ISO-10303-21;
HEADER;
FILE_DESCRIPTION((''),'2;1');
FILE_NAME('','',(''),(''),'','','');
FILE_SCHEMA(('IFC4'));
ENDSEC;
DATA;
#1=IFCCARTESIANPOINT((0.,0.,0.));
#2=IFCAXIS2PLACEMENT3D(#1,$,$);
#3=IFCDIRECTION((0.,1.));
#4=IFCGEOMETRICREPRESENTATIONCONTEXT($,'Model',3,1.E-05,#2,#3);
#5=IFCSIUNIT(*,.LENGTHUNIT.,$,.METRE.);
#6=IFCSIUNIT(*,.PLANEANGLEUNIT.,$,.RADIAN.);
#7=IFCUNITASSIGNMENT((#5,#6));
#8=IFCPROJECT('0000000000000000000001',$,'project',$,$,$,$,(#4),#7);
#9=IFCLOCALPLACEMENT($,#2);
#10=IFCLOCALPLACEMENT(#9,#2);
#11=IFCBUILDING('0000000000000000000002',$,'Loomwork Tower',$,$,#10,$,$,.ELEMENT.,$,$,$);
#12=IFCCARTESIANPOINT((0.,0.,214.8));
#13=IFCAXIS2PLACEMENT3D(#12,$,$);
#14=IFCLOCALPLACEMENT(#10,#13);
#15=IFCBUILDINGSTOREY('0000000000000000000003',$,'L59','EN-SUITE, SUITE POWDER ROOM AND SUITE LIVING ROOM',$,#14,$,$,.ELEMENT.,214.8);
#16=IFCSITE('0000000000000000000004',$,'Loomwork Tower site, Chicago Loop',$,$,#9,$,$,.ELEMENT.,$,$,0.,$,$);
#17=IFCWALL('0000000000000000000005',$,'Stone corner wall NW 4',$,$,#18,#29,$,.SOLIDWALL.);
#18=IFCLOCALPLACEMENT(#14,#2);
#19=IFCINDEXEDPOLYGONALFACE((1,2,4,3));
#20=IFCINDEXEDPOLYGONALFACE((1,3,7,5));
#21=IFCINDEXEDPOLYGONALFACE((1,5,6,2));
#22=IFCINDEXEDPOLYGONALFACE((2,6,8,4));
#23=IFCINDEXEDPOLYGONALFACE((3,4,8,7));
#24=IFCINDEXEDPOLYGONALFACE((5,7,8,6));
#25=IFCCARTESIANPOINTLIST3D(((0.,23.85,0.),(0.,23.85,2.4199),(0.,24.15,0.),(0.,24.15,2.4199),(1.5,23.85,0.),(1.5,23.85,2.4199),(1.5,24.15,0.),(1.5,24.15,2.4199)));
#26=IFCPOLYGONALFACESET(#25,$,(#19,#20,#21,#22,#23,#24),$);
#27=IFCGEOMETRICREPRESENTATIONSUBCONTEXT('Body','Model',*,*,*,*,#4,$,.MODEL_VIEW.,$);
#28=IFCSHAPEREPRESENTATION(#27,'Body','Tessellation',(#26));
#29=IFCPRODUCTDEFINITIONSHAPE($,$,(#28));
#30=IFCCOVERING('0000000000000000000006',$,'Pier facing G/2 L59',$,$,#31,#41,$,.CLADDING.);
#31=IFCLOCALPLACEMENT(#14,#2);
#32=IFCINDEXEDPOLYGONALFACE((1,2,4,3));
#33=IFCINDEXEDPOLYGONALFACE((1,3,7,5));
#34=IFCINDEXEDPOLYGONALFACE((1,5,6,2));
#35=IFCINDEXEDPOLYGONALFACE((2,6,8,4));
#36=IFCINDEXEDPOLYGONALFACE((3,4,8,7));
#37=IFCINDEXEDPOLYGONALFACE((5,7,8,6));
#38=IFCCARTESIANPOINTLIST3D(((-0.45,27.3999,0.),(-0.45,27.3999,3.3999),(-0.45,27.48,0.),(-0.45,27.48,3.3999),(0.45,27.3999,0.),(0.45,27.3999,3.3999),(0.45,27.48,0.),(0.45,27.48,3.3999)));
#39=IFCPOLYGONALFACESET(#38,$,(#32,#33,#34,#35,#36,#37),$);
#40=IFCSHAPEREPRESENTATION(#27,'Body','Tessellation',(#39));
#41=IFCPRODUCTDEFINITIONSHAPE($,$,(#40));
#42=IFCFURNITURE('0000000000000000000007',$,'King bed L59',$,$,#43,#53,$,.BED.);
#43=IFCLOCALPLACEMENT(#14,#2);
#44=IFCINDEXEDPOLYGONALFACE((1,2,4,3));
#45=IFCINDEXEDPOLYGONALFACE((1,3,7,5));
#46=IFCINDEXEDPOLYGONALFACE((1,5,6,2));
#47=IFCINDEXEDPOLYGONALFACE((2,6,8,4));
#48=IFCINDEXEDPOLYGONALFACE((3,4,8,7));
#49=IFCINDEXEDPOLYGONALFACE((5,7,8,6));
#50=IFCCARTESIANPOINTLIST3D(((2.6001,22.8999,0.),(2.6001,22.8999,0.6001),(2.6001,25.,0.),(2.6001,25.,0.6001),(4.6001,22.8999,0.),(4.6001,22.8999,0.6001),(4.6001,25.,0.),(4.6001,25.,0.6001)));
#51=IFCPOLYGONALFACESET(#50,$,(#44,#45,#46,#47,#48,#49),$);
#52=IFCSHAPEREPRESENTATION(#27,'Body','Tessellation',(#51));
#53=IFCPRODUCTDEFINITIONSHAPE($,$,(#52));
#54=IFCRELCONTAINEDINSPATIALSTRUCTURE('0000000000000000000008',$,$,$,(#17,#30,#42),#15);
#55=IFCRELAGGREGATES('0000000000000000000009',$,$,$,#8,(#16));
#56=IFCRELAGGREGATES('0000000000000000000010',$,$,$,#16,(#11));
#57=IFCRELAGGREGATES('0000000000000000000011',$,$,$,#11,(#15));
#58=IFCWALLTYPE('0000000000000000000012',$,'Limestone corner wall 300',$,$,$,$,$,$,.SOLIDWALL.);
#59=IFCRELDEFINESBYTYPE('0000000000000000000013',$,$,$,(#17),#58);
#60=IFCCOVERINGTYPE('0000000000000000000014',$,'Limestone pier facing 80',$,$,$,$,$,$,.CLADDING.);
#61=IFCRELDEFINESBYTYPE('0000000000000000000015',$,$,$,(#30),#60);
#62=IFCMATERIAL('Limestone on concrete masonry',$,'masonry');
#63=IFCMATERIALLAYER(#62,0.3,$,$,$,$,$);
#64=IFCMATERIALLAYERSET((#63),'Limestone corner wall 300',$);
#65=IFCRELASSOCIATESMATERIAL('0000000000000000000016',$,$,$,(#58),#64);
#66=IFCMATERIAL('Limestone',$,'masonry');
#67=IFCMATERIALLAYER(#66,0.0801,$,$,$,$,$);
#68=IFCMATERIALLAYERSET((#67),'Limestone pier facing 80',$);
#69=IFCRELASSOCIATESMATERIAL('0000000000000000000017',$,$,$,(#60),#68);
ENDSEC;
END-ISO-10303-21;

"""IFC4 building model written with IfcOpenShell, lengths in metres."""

from ifc_helpers import new_model, si_unit, direction, frame, frame_2d, origin, origin_2d, place, context, subcontext, project, spatial, rectangle, extrude, material, layer, layer_set, type_object, element, save


model = new_model("IFC4")

# Units and contexts
model_context = context("Model", 3, precision=1e-05, world=origin(), true_north=direction((0.0, 1.0)))
body_context = subcontext(model_context, "Body", "Model", "MODEL_VIEW")
ifc_project = project(units=[si_unit("LENGTHUNIT", "METRE"), si_unit("PLANEANGLEUNIT", "RADIAN")], contexts=[model_context])

# Site, building, storey
site_placement = place(None, origin())
site = spatial("IfcSite", under=ifc_project, at=site_placement, Name="Loomwork Tower site, Chicago Loop", CompositionType="ELEMENT", RefElevation=0.0)
building_placement = place(site_placement, origin())
building = spatial("IfcBuilding", under=site, at=building_placement, Name="Loomwork Tower", CompositionType="ELEMENT")
storey_placement = place(building_placement, frame((0.0, 0.0, 214.8)))
storey = spatial("IfcBuildingStorey", under=building, at=storey_placement, Name="L59", Description="EN-SUITE, SUITE POWDER ROOM AND SUITE LIVING ROOM", CompositionType="ELEMENT", Elevation=214.8)

# Shared definitions
ifc_material_1 = material(Name="Limestone on concrete masonry", Category="masonry")
ifc_layer_1 = layer(ifc_material_1, 0.3)
ifc_layer_set_1 = layer_set([ifc_layer_1], Name="Limestone corner wall 300")
wall_type_1 = type_object("IfcWallType", Name="Limestone corner wall 300", PredefinedType="SOLIDWALL", material=ifc_layer_set_1)

# Wall
wall_1_placement = place(storey_placement, frame((1.5, 24.0, 0.0), z_axis=(0.0, 0.0, 1.0), x_axis=(-1.0, 0.0, 0.0)))
element("IfcWall", 1, at=wall_1_placement, inside=storey, type_object=wall_type_1, Name="Stone corner wall NW 4", PredefinedType="SOLIDWALL", context=body_context, shape_type="SweptSolid", body=[
    extrude(rectangle(XDim=1.5, YDim=0.3, at=frame_2d((0.75, 0.0))), origin(), (0.0, 0.0, 1.0), 2.4199),
])

# Covering
ifc_material_2 = material(Name="Limestone", Category="masonry")
ifc_layer_2 = layer(ifc_material_2, 0.0801)
ifc_layer_set_2 = layer_set([ifc_layer_2], Name="Limestone pier facing 80")
covering_type = type_object("IfcCoveringType", Name="Limestone pier facing 80", PredefinedType="CLADDING", material=ifc_layer_set_2)
covering_placement = place(storey_placement, frame((0.0, 27.4399, 0.0), z_axis=(0.0, 0.0, 1.0), x_axis=(1.0, 0.0, 0.0)))
element("IfcCovering", 2, at=covering_placement, inside=storey, type_object=covering_type, Name="Pier facing G/2 L59", PredefinedType="CLADDING", context=body_context, shape_type="SweptSolid", body=[
    extrude(rectangle(XDim=0.8999, YDim=0.0801, at=origin_2d()), origin(), (0.0, 0.0, 1.0), 3.3999),
])

# Furniture
furniture_placement = place(storey_placement, frame((3.6001, 23.95, 0.0), z_axis=(0.0, 0.0, 1.0), x_axis=(1.0, 0.0, 0.0)))
element("IfcFurniture", 3, at=furniture_placement, inside=storey, Name="King bed L59", PredefinedType="BED", context=body_context, shape_type="SweptSolid", body=[
    extrude(rectangle(XDim=2.0, YDim=2.1001, at=origin_2d()), origin(), (0.0, 0.0, 1.0), 0.6001),
])

save(model, "model.ifc")
